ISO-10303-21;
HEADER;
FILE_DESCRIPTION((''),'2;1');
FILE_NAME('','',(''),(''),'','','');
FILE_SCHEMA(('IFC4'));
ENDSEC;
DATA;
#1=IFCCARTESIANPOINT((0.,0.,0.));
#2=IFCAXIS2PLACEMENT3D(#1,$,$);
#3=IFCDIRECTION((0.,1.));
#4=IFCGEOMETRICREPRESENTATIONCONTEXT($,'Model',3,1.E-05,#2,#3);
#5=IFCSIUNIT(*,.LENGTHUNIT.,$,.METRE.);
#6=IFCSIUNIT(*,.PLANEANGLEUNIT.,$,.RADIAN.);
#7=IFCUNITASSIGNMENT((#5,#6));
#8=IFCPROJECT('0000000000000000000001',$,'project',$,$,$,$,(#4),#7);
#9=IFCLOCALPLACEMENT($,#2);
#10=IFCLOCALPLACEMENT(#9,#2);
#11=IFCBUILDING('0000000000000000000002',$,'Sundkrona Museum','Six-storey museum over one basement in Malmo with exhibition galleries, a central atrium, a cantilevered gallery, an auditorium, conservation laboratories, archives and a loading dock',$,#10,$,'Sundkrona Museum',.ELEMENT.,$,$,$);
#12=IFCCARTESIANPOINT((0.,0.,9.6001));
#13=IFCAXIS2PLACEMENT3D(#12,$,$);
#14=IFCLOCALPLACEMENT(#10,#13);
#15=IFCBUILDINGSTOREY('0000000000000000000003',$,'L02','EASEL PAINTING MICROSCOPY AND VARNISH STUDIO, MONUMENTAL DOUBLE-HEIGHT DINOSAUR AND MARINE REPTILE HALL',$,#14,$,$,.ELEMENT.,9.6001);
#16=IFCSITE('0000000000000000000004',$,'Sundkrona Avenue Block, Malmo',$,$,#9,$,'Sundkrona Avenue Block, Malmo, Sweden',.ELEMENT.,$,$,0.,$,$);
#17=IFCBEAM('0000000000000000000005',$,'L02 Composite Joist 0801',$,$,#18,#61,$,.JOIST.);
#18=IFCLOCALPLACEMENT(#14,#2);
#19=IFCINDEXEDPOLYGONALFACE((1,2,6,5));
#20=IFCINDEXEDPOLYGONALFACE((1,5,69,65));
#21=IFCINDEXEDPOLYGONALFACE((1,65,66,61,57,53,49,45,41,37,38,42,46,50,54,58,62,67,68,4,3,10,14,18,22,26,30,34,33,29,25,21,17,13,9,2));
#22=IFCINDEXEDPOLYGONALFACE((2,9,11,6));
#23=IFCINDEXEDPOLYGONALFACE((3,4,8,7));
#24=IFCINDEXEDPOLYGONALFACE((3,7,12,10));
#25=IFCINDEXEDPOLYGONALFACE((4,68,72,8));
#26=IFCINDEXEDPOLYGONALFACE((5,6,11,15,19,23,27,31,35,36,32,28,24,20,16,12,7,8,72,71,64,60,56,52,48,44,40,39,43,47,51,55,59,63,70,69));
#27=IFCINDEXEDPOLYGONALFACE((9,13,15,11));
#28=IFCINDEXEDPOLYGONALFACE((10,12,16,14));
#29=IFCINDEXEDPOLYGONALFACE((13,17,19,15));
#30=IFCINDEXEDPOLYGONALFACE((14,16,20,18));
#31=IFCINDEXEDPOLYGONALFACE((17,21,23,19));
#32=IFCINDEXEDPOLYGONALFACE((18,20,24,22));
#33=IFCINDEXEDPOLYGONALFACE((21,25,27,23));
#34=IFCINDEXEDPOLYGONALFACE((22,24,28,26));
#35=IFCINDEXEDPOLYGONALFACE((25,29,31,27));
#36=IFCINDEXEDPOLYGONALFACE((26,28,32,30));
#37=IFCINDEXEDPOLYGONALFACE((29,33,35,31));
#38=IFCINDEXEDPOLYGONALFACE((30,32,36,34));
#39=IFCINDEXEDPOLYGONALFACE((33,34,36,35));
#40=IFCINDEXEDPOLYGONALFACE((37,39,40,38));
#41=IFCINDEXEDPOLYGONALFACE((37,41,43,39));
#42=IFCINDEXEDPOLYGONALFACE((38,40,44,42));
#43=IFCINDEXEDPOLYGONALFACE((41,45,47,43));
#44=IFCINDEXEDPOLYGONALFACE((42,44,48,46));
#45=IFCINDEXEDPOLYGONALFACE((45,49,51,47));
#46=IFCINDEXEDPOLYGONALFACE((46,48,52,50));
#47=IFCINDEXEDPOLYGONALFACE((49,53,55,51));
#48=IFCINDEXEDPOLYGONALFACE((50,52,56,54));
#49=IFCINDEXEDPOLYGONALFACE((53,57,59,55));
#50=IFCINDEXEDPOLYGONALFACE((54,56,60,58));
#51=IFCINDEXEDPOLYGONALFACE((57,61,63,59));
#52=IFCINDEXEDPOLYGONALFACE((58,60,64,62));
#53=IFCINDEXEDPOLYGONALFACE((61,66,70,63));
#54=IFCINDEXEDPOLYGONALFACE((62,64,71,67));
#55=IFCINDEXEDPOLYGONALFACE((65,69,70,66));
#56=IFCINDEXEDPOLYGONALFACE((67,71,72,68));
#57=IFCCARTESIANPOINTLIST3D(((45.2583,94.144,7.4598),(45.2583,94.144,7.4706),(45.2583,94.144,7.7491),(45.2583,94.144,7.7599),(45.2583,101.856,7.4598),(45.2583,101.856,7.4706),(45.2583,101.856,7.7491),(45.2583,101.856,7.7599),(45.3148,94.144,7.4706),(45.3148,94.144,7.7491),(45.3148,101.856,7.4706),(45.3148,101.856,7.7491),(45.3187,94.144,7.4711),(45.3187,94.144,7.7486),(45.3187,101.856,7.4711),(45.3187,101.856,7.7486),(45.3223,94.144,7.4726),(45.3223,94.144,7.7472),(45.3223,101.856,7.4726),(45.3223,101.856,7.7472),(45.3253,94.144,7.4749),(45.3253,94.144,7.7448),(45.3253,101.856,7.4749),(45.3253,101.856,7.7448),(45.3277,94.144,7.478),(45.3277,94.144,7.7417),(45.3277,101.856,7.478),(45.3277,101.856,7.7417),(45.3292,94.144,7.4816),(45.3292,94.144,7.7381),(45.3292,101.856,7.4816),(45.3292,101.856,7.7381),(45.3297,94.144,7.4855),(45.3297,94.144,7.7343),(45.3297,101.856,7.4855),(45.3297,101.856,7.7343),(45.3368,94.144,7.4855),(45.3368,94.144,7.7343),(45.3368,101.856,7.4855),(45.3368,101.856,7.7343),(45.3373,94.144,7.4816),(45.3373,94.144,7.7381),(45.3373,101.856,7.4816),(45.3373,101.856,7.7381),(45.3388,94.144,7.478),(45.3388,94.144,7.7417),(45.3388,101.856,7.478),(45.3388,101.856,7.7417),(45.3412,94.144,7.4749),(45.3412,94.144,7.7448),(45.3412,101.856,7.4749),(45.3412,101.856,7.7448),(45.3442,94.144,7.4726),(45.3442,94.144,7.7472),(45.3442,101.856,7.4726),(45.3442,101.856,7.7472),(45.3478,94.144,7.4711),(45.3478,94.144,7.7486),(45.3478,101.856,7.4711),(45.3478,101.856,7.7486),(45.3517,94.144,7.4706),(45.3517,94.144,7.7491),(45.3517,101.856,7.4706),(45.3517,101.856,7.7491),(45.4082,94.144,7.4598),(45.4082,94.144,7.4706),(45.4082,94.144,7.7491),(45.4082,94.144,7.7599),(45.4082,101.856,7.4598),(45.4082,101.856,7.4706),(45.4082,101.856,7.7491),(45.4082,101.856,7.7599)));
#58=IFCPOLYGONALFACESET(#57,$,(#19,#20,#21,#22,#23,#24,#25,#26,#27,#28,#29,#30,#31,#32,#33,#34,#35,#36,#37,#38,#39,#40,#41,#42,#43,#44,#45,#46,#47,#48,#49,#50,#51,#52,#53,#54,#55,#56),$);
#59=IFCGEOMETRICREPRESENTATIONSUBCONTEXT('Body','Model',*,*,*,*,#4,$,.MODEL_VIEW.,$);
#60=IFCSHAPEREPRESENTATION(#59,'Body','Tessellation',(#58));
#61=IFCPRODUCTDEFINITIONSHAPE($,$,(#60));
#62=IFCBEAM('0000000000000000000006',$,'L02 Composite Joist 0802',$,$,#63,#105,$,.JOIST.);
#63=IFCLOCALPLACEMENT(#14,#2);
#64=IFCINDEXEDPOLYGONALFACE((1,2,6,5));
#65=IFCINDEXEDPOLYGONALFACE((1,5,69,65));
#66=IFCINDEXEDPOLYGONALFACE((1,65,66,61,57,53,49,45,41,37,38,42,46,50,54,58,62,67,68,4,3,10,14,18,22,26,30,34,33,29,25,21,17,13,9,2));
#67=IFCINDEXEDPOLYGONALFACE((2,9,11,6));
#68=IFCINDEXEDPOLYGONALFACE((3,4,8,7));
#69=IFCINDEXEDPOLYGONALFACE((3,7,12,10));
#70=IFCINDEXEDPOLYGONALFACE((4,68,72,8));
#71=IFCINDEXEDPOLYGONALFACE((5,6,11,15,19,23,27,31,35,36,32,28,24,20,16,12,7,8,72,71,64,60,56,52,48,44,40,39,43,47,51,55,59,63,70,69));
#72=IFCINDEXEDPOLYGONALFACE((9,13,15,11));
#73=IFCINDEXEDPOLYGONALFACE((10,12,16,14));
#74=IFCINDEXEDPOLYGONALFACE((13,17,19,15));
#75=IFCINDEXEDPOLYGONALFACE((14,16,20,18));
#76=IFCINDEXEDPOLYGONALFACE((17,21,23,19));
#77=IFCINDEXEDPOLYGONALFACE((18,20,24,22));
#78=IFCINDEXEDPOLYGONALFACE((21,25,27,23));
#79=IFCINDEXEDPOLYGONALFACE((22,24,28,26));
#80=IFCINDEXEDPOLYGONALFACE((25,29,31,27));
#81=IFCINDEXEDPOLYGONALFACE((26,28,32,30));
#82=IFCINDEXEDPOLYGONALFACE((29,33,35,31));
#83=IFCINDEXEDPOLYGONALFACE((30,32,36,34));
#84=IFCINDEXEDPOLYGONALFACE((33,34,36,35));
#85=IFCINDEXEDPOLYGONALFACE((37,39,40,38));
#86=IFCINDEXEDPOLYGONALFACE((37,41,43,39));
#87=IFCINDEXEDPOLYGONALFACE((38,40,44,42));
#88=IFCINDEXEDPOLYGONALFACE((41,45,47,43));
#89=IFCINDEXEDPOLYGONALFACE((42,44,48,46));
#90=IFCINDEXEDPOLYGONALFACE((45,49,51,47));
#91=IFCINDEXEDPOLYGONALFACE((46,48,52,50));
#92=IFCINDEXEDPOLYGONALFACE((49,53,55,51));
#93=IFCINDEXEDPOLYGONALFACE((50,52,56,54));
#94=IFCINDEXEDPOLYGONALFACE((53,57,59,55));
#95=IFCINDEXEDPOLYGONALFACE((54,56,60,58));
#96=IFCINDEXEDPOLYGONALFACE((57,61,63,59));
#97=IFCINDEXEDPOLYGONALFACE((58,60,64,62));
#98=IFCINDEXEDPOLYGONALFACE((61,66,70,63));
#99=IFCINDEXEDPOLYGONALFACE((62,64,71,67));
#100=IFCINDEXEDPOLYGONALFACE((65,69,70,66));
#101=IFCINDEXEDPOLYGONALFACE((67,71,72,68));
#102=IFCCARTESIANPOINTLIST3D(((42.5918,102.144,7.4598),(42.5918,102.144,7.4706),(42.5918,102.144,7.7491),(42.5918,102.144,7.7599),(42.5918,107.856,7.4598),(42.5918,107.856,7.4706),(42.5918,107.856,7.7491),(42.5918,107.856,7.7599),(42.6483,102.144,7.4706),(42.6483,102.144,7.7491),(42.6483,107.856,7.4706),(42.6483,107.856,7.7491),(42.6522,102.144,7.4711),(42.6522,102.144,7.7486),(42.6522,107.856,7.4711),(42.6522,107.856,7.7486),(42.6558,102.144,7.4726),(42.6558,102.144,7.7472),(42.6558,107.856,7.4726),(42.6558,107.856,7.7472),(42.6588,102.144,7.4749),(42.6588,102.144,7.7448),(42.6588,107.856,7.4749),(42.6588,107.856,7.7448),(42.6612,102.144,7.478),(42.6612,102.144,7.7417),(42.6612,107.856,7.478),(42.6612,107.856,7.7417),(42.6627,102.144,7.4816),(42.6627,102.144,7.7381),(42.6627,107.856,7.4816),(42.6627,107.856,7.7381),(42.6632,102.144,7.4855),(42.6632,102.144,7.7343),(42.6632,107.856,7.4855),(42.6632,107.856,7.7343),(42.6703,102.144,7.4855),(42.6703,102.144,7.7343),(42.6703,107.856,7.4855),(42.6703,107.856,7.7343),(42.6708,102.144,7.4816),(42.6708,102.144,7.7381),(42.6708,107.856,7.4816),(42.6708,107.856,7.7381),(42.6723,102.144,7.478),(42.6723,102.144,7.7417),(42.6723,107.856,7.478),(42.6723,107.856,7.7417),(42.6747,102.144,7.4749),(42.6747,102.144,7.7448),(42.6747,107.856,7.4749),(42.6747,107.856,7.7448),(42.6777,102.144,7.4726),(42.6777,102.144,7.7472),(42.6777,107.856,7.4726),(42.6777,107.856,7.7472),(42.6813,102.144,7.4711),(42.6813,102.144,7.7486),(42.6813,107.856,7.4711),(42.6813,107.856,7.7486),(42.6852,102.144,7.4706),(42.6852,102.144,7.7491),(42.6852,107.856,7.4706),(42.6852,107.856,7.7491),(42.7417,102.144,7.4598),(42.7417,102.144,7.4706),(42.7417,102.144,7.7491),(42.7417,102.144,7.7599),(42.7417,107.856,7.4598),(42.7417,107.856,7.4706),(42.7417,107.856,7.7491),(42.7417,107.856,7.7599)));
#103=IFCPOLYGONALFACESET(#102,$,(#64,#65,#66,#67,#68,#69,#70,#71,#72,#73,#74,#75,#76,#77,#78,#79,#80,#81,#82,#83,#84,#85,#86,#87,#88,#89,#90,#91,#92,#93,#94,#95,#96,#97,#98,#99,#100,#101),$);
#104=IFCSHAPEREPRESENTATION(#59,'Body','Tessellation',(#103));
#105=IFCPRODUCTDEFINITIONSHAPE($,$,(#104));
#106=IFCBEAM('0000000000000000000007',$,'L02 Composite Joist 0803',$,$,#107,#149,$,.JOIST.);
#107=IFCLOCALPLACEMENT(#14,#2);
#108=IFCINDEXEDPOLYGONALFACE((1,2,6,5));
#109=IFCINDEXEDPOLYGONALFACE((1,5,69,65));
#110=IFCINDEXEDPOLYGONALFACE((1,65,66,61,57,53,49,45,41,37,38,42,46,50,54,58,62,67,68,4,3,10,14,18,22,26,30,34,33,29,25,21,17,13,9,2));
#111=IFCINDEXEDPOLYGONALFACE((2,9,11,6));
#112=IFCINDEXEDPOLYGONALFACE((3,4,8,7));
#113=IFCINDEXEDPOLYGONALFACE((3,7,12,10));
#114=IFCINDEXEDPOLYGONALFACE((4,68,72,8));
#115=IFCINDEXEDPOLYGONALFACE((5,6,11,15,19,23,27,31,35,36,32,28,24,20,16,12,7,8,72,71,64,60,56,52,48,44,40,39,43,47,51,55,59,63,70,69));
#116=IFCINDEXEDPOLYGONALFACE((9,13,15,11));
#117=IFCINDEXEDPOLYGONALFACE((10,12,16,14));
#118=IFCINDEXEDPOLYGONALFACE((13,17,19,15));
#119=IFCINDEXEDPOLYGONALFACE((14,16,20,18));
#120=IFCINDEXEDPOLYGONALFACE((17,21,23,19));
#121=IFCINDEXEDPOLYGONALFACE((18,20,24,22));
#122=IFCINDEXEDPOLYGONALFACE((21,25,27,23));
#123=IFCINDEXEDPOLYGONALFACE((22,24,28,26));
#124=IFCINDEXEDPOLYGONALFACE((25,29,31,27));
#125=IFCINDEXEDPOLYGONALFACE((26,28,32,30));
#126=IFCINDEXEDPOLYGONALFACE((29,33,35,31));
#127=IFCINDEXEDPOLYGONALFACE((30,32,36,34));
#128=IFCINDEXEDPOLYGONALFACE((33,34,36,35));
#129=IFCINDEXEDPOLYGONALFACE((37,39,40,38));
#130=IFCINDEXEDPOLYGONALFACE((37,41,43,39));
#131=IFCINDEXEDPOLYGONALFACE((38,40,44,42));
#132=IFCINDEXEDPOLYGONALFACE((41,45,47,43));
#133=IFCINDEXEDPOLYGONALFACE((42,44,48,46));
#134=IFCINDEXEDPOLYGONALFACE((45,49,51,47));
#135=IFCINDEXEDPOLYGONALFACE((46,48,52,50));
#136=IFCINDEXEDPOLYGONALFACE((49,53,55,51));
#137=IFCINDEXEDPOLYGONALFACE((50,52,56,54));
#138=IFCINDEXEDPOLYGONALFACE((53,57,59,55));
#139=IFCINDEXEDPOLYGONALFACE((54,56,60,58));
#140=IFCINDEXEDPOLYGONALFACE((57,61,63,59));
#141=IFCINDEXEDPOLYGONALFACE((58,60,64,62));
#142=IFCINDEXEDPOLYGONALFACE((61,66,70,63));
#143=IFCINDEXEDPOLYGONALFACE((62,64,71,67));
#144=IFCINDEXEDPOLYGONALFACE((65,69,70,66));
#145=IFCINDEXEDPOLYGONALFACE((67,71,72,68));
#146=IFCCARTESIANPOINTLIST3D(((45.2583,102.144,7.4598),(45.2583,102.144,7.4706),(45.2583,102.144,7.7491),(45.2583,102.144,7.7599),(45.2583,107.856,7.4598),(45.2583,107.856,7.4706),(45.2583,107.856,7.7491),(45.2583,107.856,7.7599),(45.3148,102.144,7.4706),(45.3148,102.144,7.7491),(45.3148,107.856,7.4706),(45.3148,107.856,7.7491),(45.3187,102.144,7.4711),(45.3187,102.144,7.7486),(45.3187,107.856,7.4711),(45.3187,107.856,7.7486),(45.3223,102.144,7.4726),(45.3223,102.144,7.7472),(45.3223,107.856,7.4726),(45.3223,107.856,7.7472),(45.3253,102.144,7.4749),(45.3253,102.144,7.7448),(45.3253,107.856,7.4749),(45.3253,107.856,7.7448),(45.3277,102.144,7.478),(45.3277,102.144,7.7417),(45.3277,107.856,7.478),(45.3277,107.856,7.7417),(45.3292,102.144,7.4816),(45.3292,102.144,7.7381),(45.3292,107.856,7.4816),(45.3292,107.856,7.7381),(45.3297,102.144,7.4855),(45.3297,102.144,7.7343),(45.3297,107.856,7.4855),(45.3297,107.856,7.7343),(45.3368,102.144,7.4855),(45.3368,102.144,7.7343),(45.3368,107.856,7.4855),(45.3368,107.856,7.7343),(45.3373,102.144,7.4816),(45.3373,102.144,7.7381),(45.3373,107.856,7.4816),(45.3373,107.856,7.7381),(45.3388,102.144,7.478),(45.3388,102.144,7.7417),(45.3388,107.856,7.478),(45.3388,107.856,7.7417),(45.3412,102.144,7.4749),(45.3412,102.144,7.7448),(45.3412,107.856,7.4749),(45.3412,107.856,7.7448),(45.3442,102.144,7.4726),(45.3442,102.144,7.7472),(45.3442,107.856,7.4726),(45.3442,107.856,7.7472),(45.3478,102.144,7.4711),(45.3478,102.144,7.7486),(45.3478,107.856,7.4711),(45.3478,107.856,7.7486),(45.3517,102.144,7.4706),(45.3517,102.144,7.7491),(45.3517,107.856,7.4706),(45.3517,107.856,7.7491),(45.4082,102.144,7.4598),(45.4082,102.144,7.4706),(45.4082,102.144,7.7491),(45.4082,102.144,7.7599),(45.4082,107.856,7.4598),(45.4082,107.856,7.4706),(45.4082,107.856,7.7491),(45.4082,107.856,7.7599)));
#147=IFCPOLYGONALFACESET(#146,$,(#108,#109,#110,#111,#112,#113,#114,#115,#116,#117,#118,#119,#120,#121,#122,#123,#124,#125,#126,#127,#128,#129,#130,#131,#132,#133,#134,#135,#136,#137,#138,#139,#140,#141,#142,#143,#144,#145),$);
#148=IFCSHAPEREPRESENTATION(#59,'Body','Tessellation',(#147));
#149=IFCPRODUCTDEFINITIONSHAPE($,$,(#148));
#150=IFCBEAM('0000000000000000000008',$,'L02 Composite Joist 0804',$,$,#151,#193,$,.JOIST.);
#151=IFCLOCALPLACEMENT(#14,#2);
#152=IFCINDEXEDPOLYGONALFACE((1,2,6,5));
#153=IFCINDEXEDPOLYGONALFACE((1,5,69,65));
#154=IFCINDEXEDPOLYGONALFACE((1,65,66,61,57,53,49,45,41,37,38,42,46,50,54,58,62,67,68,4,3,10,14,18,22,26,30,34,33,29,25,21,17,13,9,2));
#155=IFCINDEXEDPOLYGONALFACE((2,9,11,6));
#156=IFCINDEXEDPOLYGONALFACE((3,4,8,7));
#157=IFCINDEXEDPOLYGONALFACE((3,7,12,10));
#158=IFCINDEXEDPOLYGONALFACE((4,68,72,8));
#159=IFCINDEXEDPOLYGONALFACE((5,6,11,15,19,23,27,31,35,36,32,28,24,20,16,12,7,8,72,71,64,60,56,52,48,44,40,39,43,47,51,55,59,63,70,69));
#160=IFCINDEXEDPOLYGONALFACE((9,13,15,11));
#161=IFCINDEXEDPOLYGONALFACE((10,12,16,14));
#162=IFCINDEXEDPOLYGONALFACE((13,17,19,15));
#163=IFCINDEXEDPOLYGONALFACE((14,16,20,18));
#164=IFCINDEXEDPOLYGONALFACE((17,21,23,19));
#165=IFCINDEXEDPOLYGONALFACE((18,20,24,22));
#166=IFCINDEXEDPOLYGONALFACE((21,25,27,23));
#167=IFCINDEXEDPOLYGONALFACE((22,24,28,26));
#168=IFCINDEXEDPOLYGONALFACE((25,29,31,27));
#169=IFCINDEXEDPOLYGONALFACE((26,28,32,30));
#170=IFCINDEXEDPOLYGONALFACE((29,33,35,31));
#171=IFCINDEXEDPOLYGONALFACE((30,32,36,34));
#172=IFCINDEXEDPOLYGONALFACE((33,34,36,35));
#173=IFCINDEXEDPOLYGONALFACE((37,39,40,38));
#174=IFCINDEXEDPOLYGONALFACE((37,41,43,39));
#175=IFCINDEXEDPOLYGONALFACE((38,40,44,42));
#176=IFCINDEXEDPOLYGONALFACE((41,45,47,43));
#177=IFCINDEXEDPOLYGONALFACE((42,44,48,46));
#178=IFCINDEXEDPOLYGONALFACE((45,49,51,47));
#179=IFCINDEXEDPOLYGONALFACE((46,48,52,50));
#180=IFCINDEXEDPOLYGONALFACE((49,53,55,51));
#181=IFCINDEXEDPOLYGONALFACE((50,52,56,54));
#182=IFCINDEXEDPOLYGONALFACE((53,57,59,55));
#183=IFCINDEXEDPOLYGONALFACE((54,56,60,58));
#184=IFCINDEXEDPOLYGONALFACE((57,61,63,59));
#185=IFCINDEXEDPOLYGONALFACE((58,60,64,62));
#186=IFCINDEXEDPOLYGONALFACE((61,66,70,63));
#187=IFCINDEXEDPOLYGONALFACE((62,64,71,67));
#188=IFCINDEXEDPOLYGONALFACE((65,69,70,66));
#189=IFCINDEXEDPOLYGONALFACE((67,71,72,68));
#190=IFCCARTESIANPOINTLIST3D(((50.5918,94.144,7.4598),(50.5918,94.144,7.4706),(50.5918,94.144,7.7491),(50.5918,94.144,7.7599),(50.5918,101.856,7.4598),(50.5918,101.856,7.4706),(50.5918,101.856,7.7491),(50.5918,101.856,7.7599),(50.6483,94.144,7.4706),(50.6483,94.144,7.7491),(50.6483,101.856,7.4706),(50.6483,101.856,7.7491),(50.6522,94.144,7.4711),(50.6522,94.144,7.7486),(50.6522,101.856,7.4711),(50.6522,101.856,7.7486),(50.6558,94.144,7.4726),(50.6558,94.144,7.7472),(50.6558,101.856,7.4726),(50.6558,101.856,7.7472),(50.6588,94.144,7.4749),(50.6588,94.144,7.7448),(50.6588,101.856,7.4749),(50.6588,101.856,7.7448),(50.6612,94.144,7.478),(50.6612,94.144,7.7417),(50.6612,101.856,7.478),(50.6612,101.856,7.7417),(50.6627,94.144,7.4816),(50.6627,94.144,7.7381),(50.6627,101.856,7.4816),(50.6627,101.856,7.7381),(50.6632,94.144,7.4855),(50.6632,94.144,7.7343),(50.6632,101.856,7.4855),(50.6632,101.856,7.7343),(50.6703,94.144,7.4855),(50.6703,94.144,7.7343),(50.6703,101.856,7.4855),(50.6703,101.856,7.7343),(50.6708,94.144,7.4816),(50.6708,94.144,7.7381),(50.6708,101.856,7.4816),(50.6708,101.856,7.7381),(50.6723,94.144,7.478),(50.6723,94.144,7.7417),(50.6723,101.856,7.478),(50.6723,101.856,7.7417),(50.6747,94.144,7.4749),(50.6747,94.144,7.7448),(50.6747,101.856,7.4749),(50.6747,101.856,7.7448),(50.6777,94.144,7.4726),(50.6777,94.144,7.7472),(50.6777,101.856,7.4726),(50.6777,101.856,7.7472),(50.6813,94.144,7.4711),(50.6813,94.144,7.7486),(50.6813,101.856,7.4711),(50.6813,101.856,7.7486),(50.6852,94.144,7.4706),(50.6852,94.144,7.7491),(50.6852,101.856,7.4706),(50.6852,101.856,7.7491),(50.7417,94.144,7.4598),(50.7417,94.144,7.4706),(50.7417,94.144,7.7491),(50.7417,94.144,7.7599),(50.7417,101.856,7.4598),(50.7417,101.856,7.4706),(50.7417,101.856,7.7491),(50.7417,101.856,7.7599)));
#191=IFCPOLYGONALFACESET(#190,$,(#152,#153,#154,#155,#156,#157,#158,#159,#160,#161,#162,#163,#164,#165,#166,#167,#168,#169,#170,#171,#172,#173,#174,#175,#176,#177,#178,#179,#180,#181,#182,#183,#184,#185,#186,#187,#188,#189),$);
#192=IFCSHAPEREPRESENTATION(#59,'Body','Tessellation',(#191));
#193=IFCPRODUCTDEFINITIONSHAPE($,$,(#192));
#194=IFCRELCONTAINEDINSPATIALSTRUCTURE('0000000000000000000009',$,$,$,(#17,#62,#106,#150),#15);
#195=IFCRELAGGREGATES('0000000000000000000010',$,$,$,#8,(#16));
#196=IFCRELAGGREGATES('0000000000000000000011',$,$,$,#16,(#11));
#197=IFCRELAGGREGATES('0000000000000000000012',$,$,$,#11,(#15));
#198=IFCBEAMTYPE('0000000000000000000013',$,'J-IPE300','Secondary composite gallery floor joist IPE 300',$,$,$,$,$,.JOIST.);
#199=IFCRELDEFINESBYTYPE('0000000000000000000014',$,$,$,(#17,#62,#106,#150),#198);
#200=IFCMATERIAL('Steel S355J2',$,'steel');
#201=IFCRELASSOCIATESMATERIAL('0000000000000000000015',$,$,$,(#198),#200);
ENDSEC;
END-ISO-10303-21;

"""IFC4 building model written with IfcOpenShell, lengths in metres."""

from ifc_helpers import new_model, si_unit, direction, frame, origin, origin_2d, place, context, subcontext, project, spatial, i_section, extrude, material, material_profile, profile_set, type_object, element, save


model = new_model("IFC4")

# Units and contexts
model_context = context("Model", 3, precision=1e-05, world=origin(), true_north=direction((0.0, 1.0)))
body_context = subcontext(model_context, "Body", "Model", "MODEL_VIEW")
ifc_project = project(units=[si_unit("LENGTHUNIT", "METRE"), si_unit("PLANEANGLEUNIT", "RADIAN")], contexts=[model_context])

# Site, building, storey
site_placement = place(None, origin())
site = spatial("IfcSite", under=ifc_project, at=site_placement, Name="Sundkrona Avenue Block, Malmo", LongName="Sundkrona Avenue Block, Malmo, Sweden", CompositionType="ELEMENT", RefElevation=0.0)
building_placement = place(site_placement, origin())
building = spatial("IfcBuilding", under=site, at=building_placement, Name="Sundkrona Museum", Description="Six-storey museum over one basement in Malmo with exhibition galleries, a central atrium, a cantilevered gallery, an auditorium, conservation laboratories, archives and a loading dock", LongName="Sundkrona Museum", CompositionType="ELEMENT")
storey_placement = place(building_placement, frame((0.0, 0.0, 9.6001)))
storey = spatial("IfcBuildingStorey", under=building, at=storey_placement, Name="L02", Description="EASEL PAINTING MICROSCOPY AND VARNISH STUDIO, MONUMENTAL DOUBLE-HEIGHT DINOSAUR AND MARINE REPTILE HALL", CompositionType="ELEMENT", Elevation=9.6001)

# Shared definitions
ifc_material_1 = material(Name="Steel S355J2", Category="steel")

# Beams
ifc_material_profile_1 = material_profile(ifc_material_1, i_section(OverallWidth=0.1499, OverallDepth=0.3, WebThickness=0.0071, FlangeThickness=0.0107, FilletRadius=0.0149, at=origin_2d()), Name="IPE 300")
ifc_profile_set_1 = profile_set([ifc_material_profile_1], Name="Steel S355J2")
beam_type_1 = type_object("IfcBeamType", Name="J-IPE300", Description="Secondary composite gallery floor joist IPE 300", PredefinedType="JOIST", material=ifc_profile_set_1)
beam_1_placement = place(storey_placement, frame((45.3333, 94.144, 7.6099), z_axis=(0.0, 1.0, 0.0), x_axis=(-1.0, 0.0, 0.0)))
element("IfcBeam", 1, at=beam_1_placement, inside=storey, type_object=beam_type_1, Name="L02 Composite Joist 0801", PredefinedType="JOIST", context=body_context, shape_type="SweptSolid", body=[
    extrude(i_section(OverallWidth=0.1499, OverallDepth=0.3, WebThickness=0.0071, FlangeThickness=0.0107, FilletRadius=0.0149, at=origin_2d()), origin(), (0.0, 0.0, 1.0), 7.7119),
])
for number, where, z_axis, x_axis, name in (
    (2, (42.6667, 102.144, 7.6099), (0.0, 1.0, 0.0), (-1.0, 0.0, 0.0), "L02 Composite Joist 0802"),
    (3, (45.3333, 102.144, 7.6099), (0.0, 1.0, 0.0), (-1.0, 0.0, 0.0), "L02 Composite Joist 0803"),
):
    element("IfcBeam", number, at=place(storey_placement, frame(where, z_axis=z_axis, x_axis=x_axis)), inside=storey, type_object=beam_type_1, Name=name, PredefinedType="JOIST", context=body_context, shape_type="SweptSolid", body=[
        extrude(i_section(OverallWidth=0.1499, OverallDepth=0.3, WebThickness=0.0071, FlangeThickness=0.0107, FilletRadius=0.0149, at=origin_2d()), origin(), (0.0, 0.0, 1.0), 5.7119),
    ])
beam_2_placement = place(storey_placement, frame((50.6667, 94.144, 7.6099), z_axis=(0.0, 1.0, 0.0), x_axis=(-1.0, 0.0, 0.0)))
element("IfcBeam", 4, at=beam_2_placement, inside=storey, type_object=beam_type_1, Name="L02 Composite Joist 0804", PredefinedType="JOIST", context=body_context, shape_type="SweptSolid", body=[
    extrude(i_section(OverallWidth=0.1499, OverallDepth=0.3, WebThickness=0.0071, FlangeThickness=0.0107, FilletRadius=0.0149, at=origin_2d()), origin(), (0.0, 0.0, 1.0), 7.7119),
])

save(model, "model.ifc")
